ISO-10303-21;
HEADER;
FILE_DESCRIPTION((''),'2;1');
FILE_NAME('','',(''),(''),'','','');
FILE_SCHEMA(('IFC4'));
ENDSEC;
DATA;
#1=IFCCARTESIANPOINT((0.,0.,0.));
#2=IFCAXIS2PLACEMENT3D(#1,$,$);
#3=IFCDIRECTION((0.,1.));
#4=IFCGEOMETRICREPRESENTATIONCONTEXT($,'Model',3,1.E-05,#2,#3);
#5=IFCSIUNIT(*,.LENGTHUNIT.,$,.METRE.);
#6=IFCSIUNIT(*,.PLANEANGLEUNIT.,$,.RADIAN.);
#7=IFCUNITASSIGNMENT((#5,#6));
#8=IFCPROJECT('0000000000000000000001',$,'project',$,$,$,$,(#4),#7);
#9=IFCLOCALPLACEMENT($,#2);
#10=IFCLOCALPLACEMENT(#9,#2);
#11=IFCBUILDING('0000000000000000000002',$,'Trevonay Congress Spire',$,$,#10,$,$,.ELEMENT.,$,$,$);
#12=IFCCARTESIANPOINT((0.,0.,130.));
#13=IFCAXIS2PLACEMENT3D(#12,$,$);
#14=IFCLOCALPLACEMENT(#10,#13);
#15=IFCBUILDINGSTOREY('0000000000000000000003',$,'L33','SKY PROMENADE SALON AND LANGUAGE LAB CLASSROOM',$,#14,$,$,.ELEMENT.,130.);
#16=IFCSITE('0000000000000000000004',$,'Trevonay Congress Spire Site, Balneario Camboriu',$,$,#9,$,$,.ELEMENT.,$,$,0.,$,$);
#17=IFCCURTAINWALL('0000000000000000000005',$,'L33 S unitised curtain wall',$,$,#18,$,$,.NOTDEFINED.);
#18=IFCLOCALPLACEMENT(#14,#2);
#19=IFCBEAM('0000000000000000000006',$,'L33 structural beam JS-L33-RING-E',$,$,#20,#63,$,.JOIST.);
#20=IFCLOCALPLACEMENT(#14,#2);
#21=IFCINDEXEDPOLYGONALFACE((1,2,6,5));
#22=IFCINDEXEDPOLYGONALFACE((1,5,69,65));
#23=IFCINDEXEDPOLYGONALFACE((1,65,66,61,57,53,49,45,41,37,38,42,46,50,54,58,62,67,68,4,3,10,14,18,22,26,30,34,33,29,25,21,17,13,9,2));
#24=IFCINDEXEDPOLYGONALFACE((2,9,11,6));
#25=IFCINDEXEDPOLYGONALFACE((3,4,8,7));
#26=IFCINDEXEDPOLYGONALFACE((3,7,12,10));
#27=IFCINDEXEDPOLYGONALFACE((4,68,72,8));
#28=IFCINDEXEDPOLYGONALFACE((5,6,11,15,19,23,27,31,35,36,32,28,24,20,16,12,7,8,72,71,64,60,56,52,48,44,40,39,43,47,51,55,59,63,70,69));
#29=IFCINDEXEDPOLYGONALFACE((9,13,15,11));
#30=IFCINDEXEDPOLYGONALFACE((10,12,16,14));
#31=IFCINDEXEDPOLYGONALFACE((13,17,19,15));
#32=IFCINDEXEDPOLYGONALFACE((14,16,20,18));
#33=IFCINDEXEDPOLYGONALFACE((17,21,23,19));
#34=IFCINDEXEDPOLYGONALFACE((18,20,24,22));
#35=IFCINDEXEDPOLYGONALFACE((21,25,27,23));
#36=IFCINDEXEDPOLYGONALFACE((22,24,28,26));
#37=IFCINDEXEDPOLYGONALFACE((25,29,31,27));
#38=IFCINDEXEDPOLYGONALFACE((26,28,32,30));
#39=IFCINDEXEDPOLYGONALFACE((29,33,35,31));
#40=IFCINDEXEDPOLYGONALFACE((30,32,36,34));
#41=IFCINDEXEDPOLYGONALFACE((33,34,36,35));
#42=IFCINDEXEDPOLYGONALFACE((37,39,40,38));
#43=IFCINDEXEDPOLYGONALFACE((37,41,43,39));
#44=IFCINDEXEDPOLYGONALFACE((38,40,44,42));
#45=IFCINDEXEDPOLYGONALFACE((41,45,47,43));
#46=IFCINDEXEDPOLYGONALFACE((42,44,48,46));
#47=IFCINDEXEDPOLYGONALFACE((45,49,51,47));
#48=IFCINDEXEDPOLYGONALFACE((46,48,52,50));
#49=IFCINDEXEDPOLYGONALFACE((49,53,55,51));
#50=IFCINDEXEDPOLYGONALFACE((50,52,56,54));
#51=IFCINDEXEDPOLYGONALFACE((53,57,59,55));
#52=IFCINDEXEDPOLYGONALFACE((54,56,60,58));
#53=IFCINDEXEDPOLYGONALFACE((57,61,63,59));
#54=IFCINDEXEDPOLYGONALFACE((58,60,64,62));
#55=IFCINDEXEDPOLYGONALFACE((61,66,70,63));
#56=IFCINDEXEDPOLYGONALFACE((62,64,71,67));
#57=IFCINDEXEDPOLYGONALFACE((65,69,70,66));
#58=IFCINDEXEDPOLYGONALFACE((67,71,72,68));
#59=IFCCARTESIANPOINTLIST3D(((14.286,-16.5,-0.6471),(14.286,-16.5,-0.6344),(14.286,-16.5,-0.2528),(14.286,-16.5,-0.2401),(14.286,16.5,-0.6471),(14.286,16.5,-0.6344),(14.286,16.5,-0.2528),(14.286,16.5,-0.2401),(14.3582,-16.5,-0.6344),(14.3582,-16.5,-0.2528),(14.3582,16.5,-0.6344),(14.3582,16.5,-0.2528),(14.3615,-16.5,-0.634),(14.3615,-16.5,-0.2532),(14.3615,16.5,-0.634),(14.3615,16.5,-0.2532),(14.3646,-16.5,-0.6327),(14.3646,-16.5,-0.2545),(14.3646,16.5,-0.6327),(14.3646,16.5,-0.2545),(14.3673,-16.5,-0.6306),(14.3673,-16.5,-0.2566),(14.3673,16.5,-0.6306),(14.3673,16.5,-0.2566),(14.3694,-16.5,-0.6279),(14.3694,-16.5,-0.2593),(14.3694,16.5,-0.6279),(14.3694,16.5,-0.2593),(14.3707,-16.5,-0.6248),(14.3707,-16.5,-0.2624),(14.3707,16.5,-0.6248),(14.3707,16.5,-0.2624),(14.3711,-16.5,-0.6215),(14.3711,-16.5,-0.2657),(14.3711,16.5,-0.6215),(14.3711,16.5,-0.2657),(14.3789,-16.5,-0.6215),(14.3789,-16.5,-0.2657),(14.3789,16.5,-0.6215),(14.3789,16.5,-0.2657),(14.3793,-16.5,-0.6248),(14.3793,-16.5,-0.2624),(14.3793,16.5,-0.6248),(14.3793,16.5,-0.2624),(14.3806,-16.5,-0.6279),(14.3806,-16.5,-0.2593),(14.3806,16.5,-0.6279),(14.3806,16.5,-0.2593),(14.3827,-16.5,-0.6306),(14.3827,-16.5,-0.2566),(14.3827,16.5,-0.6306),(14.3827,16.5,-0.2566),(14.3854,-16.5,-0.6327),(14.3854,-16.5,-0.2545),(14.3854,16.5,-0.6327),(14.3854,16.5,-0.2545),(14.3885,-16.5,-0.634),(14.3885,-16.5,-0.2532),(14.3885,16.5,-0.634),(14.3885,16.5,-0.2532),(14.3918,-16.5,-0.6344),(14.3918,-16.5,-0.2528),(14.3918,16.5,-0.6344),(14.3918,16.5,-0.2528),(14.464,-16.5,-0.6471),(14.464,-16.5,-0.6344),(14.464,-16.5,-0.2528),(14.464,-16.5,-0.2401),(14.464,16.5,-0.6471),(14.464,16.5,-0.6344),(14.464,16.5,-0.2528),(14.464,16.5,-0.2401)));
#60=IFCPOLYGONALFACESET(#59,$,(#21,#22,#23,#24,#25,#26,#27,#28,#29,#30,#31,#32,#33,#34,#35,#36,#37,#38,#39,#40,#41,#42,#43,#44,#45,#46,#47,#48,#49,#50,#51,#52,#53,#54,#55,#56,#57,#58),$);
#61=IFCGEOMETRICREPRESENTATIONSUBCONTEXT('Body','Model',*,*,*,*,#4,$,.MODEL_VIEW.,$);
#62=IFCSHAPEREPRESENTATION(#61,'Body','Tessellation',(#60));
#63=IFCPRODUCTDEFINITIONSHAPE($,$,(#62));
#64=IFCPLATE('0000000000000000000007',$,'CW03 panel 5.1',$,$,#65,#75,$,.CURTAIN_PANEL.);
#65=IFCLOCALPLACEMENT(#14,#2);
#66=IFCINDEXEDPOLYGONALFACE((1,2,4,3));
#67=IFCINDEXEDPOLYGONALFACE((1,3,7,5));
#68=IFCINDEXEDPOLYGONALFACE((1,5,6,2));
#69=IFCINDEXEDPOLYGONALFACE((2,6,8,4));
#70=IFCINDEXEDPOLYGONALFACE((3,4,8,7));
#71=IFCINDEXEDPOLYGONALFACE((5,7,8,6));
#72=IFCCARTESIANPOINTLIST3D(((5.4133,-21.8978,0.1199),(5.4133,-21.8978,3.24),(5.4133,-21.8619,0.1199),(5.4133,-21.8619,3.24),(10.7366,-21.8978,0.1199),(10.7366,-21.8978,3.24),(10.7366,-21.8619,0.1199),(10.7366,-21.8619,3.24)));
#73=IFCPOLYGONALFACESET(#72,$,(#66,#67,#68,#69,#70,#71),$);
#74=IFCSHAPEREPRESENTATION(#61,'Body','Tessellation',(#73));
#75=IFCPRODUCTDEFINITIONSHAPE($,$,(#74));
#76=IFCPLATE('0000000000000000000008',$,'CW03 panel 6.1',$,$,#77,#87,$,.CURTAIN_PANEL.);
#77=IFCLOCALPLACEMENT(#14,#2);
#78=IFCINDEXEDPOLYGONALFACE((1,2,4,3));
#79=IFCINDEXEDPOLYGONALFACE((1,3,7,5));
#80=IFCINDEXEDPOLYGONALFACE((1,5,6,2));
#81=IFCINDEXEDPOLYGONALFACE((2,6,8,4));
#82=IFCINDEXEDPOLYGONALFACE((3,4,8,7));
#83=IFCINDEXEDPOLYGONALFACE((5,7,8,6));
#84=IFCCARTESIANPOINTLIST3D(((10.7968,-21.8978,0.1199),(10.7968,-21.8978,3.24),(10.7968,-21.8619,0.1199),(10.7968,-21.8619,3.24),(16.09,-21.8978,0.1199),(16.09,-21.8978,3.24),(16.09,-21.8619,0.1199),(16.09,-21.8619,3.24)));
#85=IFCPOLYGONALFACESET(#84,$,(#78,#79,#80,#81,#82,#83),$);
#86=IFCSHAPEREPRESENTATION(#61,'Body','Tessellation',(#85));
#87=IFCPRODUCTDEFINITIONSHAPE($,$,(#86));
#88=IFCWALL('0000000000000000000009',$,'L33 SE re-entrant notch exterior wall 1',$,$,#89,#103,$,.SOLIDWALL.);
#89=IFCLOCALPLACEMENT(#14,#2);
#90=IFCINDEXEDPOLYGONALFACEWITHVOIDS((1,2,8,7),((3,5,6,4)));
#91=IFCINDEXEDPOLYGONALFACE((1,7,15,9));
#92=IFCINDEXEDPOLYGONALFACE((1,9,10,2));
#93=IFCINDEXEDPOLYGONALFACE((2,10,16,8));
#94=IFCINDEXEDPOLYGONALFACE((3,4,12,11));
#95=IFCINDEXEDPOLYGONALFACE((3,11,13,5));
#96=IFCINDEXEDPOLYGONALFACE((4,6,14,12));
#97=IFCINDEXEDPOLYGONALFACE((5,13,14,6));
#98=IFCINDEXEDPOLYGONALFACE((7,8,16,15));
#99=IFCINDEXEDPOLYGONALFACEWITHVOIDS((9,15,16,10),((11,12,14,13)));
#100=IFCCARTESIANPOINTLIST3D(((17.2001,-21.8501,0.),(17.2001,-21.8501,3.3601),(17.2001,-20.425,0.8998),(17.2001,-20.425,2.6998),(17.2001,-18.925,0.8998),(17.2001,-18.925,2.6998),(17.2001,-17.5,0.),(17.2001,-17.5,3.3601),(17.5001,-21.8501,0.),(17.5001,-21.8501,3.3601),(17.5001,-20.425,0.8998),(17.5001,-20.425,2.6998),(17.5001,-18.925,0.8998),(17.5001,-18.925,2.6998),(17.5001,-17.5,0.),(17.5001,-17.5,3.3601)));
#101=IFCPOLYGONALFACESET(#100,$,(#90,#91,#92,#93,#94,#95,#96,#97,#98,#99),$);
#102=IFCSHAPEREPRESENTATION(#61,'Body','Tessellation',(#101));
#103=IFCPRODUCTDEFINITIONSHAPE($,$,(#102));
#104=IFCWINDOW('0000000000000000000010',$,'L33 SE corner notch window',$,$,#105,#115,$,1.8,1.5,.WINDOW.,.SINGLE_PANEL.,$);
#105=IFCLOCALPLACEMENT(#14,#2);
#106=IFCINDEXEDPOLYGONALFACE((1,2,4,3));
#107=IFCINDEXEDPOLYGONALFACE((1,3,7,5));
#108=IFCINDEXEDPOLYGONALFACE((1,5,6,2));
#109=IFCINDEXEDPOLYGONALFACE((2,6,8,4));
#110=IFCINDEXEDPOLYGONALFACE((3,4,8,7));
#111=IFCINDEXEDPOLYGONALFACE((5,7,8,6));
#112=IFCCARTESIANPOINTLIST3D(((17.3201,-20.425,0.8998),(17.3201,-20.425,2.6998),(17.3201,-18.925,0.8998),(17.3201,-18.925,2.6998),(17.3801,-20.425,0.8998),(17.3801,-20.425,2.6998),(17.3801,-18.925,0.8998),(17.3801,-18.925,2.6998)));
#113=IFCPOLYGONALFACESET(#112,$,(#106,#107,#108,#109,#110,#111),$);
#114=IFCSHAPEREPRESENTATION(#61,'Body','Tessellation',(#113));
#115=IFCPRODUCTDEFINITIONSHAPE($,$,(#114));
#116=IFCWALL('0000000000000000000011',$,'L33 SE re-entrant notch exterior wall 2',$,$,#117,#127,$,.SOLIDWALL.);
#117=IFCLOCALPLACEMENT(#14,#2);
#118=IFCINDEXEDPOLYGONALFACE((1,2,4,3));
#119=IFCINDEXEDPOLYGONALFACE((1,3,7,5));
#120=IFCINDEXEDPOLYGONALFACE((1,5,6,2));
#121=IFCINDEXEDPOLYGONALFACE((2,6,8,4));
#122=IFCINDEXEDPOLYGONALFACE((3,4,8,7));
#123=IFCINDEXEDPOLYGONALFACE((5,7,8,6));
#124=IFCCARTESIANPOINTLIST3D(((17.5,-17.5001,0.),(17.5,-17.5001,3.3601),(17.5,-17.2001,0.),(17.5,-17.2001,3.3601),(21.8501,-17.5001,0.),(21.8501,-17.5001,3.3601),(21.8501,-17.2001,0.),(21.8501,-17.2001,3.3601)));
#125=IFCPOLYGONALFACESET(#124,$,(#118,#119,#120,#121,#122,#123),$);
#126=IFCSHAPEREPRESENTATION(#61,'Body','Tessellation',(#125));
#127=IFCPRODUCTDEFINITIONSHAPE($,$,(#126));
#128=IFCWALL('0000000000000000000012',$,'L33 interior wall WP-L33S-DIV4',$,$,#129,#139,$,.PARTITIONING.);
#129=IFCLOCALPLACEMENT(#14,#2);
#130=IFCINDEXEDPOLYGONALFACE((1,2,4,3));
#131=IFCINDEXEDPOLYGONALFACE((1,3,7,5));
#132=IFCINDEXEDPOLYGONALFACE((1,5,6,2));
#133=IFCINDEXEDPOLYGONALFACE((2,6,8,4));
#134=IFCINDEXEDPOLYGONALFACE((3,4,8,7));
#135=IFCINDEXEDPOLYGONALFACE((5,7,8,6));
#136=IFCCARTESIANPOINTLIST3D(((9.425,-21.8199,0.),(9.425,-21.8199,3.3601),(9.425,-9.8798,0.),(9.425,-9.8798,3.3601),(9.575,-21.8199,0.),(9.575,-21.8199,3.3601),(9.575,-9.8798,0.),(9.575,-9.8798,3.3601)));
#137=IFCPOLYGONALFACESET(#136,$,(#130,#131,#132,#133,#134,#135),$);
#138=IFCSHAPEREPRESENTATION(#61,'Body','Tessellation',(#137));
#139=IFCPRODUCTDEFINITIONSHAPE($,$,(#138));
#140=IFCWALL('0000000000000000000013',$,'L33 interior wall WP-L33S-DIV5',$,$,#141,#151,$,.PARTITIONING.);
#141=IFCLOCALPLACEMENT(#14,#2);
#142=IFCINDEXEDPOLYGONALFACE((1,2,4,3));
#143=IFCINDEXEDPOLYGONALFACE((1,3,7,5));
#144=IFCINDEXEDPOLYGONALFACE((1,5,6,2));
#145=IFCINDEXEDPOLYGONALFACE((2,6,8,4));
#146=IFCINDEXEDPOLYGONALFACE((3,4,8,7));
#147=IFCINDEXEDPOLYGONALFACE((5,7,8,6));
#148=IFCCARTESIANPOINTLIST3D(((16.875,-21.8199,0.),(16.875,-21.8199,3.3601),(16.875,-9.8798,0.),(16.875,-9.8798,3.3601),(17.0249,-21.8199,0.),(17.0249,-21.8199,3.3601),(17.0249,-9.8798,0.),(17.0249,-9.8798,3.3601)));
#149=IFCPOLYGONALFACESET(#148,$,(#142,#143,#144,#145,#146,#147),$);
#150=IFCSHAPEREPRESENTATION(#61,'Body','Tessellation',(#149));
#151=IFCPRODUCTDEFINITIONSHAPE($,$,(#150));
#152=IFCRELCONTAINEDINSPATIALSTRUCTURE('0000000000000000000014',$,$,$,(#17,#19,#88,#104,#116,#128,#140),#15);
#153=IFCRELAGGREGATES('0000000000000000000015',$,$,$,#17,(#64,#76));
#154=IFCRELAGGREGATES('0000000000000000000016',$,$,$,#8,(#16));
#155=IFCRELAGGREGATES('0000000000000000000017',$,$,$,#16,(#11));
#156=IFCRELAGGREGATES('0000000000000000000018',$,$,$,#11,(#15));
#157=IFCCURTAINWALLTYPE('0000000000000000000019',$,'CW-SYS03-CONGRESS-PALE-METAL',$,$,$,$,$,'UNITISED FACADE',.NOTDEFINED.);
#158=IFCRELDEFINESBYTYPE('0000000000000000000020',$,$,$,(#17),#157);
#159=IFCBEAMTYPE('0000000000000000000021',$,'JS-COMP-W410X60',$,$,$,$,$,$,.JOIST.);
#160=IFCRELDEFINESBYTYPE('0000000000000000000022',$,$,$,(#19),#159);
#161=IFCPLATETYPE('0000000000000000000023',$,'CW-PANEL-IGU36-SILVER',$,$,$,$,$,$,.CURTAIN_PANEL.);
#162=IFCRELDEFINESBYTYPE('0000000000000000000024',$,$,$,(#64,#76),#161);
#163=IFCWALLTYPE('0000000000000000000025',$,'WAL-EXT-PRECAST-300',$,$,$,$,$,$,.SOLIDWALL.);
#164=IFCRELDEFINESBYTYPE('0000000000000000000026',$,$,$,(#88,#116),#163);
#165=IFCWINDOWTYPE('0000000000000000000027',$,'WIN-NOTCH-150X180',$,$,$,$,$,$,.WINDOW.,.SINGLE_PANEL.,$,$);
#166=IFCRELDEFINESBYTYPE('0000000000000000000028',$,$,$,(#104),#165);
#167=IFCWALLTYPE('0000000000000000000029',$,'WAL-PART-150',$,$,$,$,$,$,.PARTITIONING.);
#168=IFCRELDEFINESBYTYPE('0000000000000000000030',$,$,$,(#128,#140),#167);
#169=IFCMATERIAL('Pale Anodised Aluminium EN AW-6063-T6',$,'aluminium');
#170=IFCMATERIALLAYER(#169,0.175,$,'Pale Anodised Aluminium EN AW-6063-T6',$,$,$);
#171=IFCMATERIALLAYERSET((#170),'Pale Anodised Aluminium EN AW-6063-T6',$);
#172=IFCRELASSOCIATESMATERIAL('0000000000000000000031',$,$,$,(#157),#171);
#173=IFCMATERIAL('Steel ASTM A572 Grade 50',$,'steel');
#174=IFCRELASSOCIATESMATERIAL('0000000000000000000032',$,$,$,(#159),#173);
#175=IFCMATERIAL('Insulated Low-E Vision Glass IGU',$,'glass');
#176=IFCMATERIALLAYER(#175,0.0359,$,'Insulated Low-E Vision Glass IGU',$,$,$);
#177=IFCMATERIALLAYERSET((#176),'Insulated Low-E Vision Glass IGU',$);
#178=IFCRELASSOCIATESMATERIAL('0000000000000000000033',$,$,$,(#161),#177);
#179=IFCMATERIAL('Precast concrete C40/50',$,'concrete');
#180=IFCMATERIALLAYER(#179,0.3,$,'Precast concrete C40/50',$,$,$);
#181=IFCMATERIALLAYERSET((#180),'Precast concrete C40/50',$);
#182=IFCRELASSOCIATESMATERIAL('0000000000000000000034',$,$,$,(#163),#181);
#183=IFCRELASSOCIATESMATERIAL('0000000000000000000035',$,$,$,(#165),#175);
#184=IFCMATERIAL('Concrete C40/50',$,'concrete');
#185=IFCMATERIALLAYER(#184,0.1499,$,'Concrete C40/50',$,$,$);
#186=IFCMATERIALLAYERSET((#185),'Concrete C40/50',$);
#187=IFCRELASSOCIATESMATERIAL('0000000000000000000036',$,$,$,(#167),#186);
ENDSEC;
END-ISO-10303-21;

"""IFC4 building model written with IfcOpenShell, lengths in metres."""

from ifc_helpers import new_model, si_unit, direction, frame, frame_2d, origin, origin_2d, place, context, subcontext, project, spatial, rectangle, i_section, extrude, material, layer, layer_set, material_profile, profile_set, type_object, element, fill, aggregate, save


model = new_model("IFC4")

# Units and contexts
model_context = context("Model", 3, precision=1e-05, world=origin(), true_north=direction((0.0, 1.0)))
body_context = subcontext(model_context, "Body", "Model", "MODEL_VIEW")
ifc_project = project(units=[si_unit("LENGTHUNIT", "METRE"), si_unit("PLANEANGLEUNIT", "RADIAN")], contexts=[model_context])

# Site, building, storey
site_placement = place(None, origin())
site = spatial("IfcSite", under=ifc_project, at=site_placement, Name="Trevonay Congress Spire Site, Balneario Camboriu", CompositionType="ELEMENT", RefElevation=0.0)
building_placement = place(site_placement, origin())
building = spatial("IfcBuilding", under=site, at=building_placement, Name="Trevonay Congress Spire", CompositionType="ELEMENT")
storey_placement = place(building_placement, frame((0.0, 0.0, 130.0)))
storey = spatial("IfcBuildingStorey", under=building, at=storey_placement, Name="L33", Description="SKY PROMENADE SALON AND LANGUAGE LAB CLASSROOM", CompositionType="ELEMENT", Elevation=130.0)

# Shared definitions
ifc_material_1 = material(Name="Steel ASTM A572 Grade 50", Category="steel")

# Curtain wall
ifc_material_2 = material(Name="Pale Anodised Aluminium EN AW-6063-T6", Category="aluminium")
ifc_layer_1 = layer(ifc_material_2, 0.175, Name="Pale Anodised Aluminium EN AW-6063-T6")
ifc_layer_set_1 = layer_set([ifc_layer_1], Name="Pale Anodised Aluminium EN AW-6063-T6")
curtain_wall_type = type_object("IfcCurtainWallType", Name="CW-SYS03-CONGRESS-PALE-METAL", ElementType="UNITISED FACADE", PredefinedType="NOTDEFINED", material=ifc_layer_set_1)
curtain_wall_1_placement = place(storey_placement, origin())
curtain_wall_1 = element("IfcCurtainWall", 1, at=curtain_wall_1_placement, inside=storey, type_object=curtain_wall_type, Name="L33 S unitised curtain wall", PredefinedType="NOTDEFINED")

# Beam
ifc_material_profile_1 = material_profile(ifc_material_1, i_section(OverallWidth=0.178, OverallDepth=0.407, WebThickness=0.0078, FlangeThickness=0.0127, FilletRadius=0.0129, at=origin_2d()), Name="W410x60")
ifc_profile_set_1 = profile_set([ifc_material_profile_1], Name="Steel ASTM A572 Grade 50")
beam_type_1 = type_object("IfcBeamType", Name="JS-COMP-W410X60", PredefinedType="JOIST", material=ifc_profile_set_1)
beam_placement = place(storey_placement, frame((14.375, -16.5, -0.4436), z_axis=(0.0, 1.0, 0.0), x_axis=(-1.0, 0.0, 0.0)))
element("IfcBeam", 2, at=beam_placement, inside=storey, type_object=beam_type_1, Name="L33 structural beam JS-L33-RING-E", PredefinedType="JOIST", context=body_context, shape_type="SweptSolid", body=[
    extrude(i_section(OverallWidth=0.178, OverallDepth=0.407, WebThickness=0.0078, FlangeThickness=0.0127, FilletRadius=0.0129, at=origin_2d()), origin(), (0.0, 0.0, 1.0), 33.0),
])

# Plates
ifc_material_3 = material(Name="Insulated Low-E Vision Glass IGU", Category="glass")
ifc_layer_2 = layer(ifc_material_3, 0.0359, Name="Insulated Low-E Vision Glass IGU")
ifc_layer_set_2 = layer_set([ifc_layer_2], Name="Insulated Low-E Vision Glass IGU")
plate_type = type_object("IfcPlateType", Name="CW-PANEL-IGU36-SILVER", PredefinedType="CURTAIN_PANEL", material=ifc_layer_set_2)
plate_1_placement = place(storey_placement, frame((8.075, -21.8799, 0.1199), z_axis=(0.0, 0.0, 1.0), x_axis=(1.0, 0.0, 0.0)))
plate_1 = element("IfcPlate", 3, at=plate_1_placement, type_object=plate_type, Name="CW03 panel 5.1", PredefinedType="CURTAIN_PANEL", context=body_context, shape_type="SweptSolid", body=[
    extrude(rectangle(XDim=5.3232, YDim=0.0359, at=origin_2d()), origin(), (0.0, 0.0, 1.0), 3.1201),
])
plate_2_placement = place(storey_placement, frame((13.4434, -21.8799, 0.1199), z_axis=(0.0, 0.0, 1.0), x_axis=(1.0, 0.0, 0.0)))
plate_2 = element("IfcPlate", 4, at=plate_2_placement, type_object=plate_type, Name="CW03 panel 6.1", PredefinedType="CURTAIN_PANEL", context=body_context, shape_type="SweptSolid", body=[
    extrude(rectangle(XDim=5.2932, YDim=0.0359, at=origin_2d()), origin(), (0.0, 0.0, 1.0), 3.1201),
])
aggregate(curtain_wall_1, [plate_1, plate_2])

# Wall, opening, window
ifc_material_4 = material(Name="Precast concrete C40/50", Category="concrete")
ifc_layer_3 = layer(ifc_material_4, 0.3, Name="Precast concrete C40/50")
ifc_layer_set_3 = layer_set([ifc_layer_3], Name="Precast concrete C40/50")
wall_type_1 = type_object("IfcWallType", Name="WAL-EXT-PRECAST-300", PredefinedType="SOLIDWALL", material=ifc_layer_set_3)
wall_1_placement = place(storey_placement, frame((17.3501, -21.8501, 0.0), z_axis=(0.0, 0.0, 1.0), x_axis=(0.0, 1.0, 0.0)))
wall_1 = element("IfcWall", 5, at=wall_1_placement, inside=storey, type_object=wall_type_1, Name="L33 SE re-entrant notch exterior wall 1", PredefinedType="SOLIDWALL", context=body_context, shape_type="SweptSolid", body=[
    extrude(rectangle(XDim=4.3501, YDim=0.3, at=frame_2d((2.175, 0.0))), origin(), (0.0, 0.0, 1.0), 3.3601),
])
opening_placement = place(wall_1_placement, frame((1.425, 0.0, 0.8999)))
opening = element("IfcOpeningElement", 6, at=opening_placement, cuts=wall_1, PredefinedType="OPENING", context=body_context, shape_type="SweptSolid", body=[
    extrude(rectangle(XDim=1.5, YDim=1.8, at=frame_2d((0.75, 0.8999))), frame((0.0, 0.1602, 0.0), z_axis=(0.0, -1.0, 0.0), x_axis=(1.0, 0.0, 0.0)), (0.0, 0.0, 1.0), 0.3201),
])
window_type = type_object("IfcWindowType", Name="WIN-NOTCH-150X180", PartitioningType="SINGLE_PANEL", PredefinedType="WINDOW", material=ifc_material_3)
window_placement = place(opening_placement, origin())
window = element("IfcWindow", 7, at=window_placement, inside=storey, type_object=window_type, Name="L33 SE corner notch window", OverallHeight=1.8, OverallWidth=1.5, PartitioningType="SINGLE_PANEL", PredefinedType="WINDOW", context=body_context, shape_type="SweptSolid", body=[
    extrude(rectangle(XDim=1.5, YDim=1.8, at=frame_2d((0.75, 0.8999))), frame((0.0, 0.03, 0.0), z_axis=(0.0, -1.0, 0.0), x_axis=(1.0, 0.0, 0.0)), (0.0, 0.0, 1.0), 0.0601),
])
fill(opening, window)

# Walls
wall_2_placement = place(storey_placement, frame((21.8501, -17.3501, 0.0), z_axis=(0.0, 0.0, 1.0), x_axis=(-1.0, 0.0, 0.0)))
element("IfcWall", 8, at=wall_2_placement, inside=storey, type_object=wall_type_1, Name="L33 SE re-entrant notch exterior wall 2", PredefinedType="SOLIDWALL", context=body_context, shape_type="SweptSolid", body=[
    extrude(rectangle(XDim=4.3501, YDim=0.3, at=frame_2d((2.175, 0.0))), origin(), (0.0, 0.0, 1.0), 3.3601),
])
ifc_material_5 = material(Name="Concrete C40/50", Category="concrete")
ifc_layer_4 = layer(ifc_material_5, 0.1499, Name="Concrete C40/50")
ifc_layer_set_4 = layer_set([ifc_layer_4], Name="Concrete C40/50")
wall_type_2 = type_object("IfcWallType", Name="WAL-PART-150", PredefinedType="PARTITIONING", material=ifc_layer_set_4)
for number, where, z_axis, x_axis, name in (
    (9, (9.5, -21.8201, 0.0), (0.0, 0.0, 1.0), (0.0, 1.0, 0.0), "L33 interior wall WP-L33S-DIV4"),
    (10, (16.95, -21.8201, 0.0), (0.0, 0.0, 1.0), (0.0, 1.0, 0.0), "L33 interior wall WP-L33S-DIV5"),
):
    element("IfcWall", number, at=place(storey_placement, frame(where, z_axis=z_axis, x_axis=x_axis)), inside=storey, type_object=wall_type_2, Name=name, PredefinedType="PARTITIONING", context=body_context, shape_type="SweptSolid", body=[
        extrude(rectangle(XDim=11.9402, YDim=0.1499, at=frame_2d((5.9702, 0.0))), origin(), (0.0, 0.0, 1.0), 3.3601),
    ])

save(model, "model.ifc")
